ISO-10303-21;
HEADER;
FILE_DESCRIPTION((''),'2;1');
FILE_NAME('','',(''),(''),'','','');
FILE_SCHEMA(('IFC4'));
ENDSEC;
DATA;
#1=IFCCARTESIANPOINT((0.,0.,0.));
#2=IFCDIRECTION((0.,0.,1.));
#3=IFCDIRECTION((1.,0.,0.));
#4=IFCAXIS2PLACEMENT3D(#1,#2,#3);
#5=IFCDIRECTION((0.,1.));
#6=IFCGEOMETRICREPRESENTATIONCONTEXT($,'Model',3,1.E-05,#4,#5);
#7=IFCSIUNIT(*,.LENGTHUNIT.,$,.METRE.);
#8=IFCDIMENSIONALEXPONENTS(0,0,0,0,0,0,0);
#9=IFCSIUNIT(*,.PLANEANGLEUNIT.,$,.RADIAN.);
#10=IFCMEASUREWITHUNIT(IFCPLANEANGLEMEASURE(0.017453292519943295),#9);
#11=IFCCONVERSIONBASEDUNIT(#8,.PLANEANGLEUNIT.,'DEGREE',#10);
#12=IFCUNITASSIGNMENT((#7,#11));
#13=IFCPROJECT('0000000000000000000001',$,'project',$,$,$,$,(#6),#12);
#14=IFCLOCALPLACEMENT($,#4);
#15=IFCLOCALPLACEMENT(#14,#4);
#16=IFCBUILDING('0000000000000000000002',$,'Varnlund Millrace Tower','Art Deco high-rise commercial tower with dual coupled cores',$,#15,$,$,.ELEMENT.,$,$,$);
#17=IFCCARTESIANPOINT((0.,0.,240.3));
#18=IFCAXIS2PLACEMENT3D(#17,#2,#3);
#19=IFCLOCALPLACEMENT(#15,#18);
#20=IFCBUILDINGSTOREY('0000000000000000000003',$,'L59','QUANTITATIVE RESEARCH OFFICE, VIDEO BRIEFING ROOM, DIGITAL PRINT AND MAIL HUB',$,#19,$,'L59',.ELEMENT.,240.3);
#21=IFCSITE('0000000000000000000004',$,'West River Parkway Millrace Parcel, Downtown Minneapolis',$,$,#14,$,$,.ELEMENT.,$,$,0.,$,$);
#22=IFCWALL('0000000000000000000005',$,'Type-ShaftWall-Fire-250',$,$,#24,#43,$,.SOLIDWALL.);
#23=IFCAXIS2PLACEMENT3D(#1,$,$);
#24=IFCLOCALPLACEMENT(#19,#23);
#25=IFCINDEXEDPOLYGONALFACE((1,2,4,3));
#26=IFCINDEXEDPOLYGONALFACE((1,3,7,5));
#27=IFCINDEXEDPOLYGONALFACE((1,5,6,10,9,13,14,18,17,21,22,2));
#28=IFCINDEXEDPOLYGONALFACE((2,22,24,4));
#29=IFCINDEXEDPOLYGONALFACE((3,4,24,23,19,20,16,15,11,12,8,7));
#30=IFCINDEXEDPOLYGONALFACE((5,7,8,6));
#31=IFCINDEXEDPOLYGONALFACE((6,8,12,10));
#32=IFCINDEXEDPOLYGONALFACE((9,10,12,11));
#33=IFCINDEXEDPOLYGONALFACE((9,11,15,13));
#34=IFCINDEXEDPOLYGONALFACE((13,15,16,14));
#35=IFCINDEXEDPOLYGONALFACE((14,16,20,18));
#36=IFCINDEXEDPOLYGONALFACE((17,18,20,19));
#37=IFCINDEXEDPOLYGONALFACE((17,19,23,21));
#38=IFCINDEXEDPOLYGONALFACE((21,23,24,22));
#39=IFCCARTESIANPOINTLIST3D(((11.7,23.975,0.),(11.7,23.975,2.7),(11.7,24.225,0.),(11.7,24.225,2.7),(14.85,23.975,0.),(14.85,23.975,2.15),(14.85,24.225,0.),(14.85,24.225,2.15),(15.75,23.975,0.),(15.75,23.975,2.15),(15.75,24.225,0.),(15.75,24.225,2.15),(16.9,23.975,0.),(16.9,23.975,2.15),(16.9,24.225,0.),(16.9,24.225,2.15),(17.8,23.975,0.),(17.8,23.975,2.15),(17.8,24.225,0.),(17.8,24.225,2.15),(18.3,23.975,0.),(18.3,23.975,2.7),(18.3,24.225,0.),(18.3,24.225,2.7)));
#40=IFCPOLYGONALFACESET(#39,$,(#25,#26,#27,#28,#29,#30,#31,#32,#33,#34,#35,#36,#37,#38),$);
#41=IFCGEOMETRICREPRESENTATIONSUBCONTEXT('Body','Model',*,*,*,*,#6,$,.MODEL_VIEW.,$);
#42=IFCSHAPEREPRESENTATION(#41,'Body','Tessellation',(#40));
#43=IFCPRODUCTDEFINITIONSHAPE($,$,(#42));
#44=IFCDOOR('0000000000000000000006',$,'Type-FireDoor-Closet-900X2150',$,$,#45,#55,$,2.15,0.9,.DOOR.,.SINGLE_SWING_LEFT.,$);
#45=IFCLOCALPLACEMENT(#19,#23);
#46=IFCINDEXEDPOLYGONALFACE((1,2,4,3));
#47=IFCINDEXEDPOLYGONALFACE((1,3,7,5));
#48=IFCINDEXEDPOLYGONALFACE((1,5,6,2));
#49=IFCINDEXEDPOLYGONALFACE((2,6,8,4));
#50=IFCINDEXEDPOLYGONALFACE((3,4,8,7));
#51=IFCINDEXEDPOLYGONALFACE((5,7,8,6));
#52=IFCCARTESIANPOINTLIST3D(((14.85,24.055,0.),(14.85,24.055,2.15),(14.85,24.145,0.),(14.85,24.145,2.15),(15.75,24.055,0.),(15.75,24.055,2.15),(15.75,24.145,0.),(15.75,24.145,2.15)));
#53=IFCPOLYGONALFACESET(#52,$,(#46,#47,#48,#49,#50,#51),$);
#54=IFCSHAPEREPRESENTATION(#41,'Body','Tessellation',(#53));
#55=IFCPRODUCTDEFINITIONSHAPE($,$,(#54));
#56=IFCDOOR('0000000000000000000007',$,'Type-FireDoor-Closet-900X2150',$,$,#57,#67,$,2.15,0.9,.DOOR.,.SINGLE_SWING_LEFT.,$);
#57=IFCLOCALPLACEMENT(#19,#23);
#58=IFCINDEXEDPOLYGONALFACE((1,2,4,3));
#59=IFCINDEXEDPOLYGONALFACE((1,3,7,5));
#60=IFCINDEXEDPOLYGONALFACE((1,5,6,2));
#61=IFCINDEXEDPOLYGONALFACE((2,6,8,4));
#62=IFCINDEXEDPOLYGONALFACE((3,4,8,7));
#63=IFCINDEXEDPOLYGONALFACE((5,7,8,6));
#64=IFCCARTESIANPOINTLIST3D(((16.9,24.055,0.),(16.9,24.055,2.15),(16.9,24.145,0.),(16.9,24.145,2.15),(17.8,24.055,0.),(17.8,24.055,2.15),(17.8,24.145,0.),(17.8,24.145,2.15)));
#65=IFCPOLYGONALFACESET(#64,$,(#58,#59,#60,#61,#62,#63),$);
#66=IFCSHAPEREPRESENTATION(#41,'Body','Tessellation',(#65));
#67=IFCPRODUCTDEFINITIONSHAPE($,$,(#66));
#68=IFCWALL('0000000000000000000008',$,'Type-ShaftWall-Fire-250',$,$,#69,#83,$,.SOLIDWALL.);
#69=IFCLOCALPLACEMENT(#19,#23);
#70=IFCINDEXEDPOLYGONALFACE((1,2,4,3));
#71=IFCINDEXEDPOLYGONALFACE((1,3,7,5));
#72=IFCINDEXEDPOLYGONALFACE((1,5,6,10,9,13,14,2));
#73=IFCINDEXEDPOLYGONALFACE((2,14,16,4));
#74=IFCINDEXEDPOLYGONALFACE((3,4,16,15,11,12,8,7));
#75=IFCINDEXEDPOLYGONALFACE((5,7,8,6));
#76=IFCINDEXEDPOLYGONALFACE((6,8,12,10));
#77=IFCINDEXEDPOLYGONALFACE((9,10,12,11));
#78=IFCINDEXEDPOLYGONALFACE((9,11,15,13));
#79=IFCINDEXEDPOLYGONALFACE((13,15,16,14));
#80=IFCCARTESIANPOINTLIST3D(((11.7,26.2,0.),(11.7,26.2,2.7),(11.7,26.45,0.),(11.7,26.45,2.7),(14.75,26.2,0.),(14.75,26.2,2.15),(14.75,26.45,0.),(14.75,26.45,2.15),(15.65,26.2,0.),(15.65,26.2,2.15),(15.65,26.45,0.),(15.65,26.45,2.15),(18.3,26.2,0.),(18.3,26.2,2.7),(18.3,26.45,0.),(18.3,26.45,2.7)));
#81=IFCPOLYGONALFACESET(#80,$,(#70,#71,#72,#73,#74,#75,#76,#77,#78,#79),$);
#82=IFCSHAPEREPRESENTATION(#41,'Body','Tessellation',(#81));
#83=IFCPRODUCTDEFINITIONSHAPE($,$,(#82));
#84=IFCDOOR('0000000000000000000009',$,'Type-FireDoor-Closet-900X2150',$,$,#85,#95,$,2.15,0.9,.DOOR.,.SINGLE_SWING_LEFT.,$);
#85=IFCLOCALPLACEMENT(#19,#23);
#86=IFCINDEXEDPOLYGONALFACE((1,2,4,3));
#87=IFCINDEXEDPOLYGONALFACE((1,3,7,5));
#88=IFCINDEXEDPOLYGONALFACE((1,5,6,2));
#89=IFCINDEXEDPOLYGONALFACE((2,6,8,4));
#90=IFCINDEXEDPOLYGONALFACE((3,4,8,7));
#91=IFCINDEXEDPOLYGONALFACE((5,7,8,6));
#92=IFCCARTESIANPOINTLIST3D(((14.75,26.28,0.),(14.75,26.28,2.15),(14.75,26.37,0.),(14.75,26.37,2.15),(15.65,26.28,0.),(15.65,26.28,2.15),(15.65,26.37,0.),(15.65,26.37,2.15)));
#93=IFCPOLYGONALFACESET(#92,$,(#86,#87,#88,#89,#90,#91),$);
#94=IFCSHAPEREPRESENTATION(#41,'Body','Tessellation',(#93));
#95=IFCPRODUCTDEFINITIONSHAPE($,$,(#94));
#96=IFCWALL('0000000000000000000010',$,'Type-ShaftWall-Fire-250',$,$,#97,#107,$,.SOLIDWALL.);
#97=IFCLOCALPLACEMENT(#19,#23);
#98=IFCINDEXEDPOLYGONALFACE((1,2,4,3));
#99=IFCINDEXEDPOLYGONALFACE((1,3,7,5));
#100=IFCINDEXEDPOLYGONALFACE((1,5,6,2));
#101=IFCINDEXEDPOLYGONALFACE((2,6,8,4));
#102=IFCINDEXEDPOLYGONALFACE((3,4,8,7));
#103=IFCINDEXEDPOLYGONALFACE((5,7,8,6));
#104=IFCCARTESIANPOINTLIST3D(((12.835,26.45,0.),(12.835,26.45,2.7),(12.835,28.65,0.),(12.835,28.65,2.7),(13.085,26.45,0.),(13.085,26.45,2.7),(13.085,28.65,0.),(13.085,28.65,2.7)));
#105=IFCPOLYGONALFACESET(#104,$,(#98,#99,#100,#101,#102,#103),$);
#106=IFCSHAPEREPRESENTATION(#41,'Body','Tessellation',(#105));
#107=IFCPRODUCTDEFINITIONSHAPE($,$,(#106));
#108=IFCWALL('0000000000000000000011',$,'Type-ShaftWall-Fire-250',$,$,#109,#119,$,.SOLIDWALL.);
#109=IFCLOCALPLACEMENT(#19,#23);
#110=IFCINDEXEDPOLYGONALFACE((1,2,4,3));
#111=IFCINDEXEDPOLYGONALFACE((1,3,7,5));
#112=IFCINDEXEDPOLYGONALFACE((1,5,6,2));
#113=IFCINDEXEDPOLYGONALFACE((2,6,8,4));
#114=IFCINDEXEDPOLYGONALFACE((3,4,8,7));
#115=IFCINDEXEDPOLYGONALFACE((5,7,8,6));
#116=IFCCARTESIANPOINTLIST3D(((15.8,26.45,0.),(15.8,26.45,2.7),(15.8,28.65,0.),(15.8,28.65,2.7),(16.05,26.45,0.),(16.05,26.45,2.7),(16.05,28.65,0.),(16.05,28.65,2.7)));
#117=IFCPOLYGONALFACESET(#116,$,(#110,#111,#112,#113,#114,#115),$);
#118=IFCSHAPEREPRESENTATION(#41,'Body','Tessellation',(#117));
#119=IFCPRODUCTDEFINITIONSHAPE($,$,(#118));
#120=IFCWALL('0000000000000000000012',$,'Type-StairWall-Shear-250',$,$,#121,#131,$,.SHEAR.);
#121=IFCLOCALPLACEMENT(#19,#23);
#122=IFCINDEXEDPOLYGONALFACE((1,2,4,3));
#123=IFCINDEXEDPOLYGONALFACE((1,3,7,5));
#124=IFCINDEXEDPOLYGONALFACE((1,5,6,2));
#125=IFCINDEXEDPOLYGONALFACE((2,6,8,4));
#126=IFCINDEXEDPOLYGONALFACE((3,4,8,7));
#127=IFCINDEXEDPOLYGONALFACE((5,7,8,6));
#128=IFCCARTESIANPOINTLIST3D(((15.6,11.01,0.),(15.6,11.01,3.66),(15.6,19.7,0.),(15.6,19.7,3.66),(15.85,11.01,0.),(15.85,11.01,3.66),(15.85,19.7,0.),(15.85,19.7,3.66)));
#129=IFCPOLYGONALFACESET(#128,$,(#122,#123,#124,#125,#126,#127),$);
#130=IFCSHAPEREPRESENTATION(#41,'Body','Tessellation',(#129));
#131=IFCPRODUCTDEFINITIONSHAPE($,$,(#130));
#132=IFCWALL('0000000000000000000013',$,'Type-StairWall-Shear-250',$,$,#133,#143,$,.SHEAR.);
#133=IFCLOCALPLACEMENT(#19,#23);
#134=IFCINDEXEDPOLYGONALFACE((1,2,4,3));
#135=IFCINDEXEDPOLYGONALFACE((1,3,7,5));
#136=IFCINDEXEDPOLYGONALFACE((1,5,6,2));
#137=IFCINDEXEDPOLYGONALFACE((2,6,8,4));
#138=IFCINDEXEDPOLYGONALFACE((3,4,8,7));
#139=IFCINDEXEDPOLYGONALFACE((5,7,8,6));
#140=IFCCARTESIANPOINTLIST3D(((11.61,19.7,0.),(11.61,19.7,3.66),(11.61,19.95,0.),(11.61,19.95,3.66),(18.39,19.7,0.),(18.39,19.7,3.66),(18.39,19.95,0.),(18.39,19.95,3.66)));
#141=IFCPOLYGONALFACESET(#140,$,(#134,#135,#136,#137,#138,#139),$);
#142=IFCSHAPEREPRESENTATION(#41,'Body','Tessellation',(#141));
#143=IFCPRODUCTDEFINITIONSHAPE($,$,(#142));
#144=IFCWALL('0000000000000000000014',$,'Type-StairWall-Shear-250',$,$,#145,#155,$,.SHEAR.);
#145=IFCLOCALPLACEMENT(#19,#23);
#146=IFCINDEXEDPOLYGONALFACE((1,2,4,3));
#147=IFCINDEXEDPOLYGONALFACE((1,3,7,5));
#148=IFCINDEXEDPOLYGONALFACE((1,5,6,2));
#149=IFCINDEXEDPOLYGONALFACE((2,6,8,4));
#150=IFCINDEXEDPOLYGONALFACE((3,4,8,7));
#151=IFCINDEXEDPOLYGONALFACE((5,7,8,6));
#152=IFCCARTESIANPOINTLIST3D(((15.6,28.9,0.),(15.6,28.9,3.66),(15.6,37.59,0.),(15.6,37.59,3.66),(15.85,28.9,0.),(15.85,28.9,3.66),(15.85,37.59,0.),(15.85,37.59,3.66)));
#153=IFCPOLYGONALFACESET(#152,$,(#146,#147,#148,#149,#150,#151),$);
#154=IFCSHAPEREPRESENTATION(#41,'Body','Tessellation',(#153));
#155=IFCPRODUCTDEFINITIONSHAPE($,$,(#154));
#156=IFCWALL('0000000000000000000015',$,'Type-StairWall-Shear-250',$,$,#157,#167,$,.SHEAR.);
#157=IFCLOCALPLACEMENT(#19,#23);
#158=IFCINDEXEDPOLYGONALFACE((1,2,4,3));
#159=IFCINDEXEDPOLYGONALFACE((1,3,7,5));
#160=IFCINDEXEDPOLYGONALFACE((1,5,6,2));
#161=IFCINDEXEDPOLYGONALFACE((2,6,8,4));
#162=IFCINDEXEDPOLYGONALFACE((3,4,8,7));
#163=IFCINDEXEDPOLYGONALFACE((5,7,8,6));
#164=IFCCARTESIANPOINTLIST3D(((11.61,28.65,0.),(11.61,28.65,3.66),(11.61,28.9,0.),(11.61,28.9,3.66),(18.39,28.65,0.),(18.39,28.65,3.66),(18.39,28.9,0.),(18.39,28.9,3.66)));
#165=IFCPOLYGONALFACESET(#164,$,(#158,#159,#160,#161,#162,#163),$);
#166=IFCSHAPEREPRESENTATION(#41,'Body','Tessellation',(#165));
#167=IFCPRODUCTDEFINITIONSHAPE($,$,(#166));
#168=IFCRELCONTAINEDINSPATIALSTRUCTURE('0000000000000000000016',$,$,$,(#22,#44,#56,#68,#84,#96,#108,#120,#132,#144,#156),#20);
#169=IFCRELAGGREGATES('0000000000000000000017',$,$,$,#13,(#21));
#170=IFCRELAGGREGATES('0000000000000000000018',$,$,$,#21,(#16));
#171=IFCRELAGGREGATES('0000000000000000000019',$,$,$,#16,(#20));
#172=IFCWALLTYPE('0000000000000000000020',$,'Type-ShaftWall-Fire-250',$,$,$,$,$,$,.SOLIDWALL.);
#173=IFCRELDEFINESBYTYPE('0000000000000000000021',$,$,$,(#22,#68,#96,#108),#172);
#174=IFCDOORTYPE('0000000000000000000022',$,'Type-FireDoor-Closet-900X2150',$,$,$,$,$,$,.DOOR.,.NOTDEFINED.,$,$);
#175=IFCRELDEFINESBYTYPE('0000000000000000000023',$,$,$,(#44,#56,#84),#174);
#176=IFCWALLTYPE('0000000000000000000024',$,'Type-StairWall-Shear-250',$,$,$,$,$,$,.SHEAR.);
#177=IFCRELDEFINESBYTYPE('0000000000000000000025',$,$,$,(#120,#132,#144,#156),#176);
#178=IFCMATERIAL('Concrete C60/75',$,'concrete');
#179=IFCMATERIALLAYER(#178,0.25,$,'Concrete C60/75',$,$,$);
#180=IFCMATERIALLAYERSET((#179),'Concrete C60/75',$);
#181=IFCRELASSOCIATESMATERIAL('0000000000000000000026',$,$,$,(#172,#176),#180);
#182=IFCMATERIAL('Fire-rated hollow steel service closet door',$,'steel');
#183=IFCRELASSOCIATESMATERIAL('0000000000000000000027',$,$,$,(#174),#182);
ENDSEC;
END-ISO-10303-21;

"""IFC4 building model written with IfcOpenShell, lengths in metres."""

from ifc_helpers import new_model, entity, si_unit, converted_unit, direction, frame, origin_with_axes, origin_2d_with_axis, place, context, subcontext, project, spatial, polyline, rectangle, outline, extrude, material, layer, layer_set, type_object, element, fill, save


model = new_model("IFC4")

# Units and contexts
model_context = context("Model", 3, precision=1e-05, world=origin_with_axes(), true_north=direction((0.0, 1.0)))
body_context = subcontext(model_context, "Body", "Model", "MODEL_VIEW")
ifc_project = project(units=[si_unit("LENGTHUNIT", "METRE"), converted_unit("PLANEANGLEUNIT", "DEGREE", entity("IfcPlaneAngleMeasure", 0.017453292519943295), si_unit("PLANEANGLEUNIT", "RADIAN"), dimensions=[0, 0, 0, 0, 0, 0, 0])], contexts=[model_context])

# Site, building, storey
site_placement = place(None, origin_with_axes())
site = spatial("IfcSite", under=ifc_project, at=site_placement, Name="West River Parkway Millrace Parcel, Downtown Minneapolis", CompositionType="ELEMENT", RefElevation=0.0)
building_placement = place(site_placement, origin_with_axes())
building = spatial("IfcBuilding", under=site, at=building_placement, Name="Varnlund Millrace Tower", Description="Art Deco high-rise commercial tower with dual coupled cores", CompositionType="ELEMENT")
storey_placement = place(building_placement, frame((0.0, 0.0, 240.3), z_axis=(0.0, 0.0, 1.0), x_axis=(1.0, 0.0, 0.0)))
storey = spatial("IfcBuildingStorey", under=building, at=storey_placement, Name="L59", Description="QUANTITATIVE RESEARCH OFFICE, VIDEO BRIEFING ROOM, DIGITAL PRINT AND MAIL HUB", LongName="L59", CompositionType="ELEMENT", Elevation=240.3)

# Shared definitions
ifc_material_1 = material(Name="Concrete C60/75", Category="concrete")

# Wall, openings, doors
ifc_layer_1 = layer(ifc_material_1, 0.25, Name="Concrete C60/75")
ifc_layer_set_1 = layer_set([ifc_layer_1], Name="Concrete C60/75")
wall_type_1 = type_object("IfcWallType", Name="Type-ShaftWall-Fire-250", PredefinedType="SOLIDWALL", material=ifc_layer_set_1)
wall_1_placement = place(storey_placement, frame((11.7, 24.1, 0.0), z_axis=(0.0, 0.0, 1.0), x_axis=(1.0, 0.0, 0.0)))
wall_1 = element("IfcWall", 1, at=wall_1_placement, inside=storey, type_object=wall_type_1, Name="Type-ShaftWall-Fire-250", PredefinedType="SOLIDWALL", context=body_context, shape_type="SweptSolid", body=[
    extrude(outline(polyline([(0.0, -0.125), (6.6, -0.125), (6.6, 0.125), (0.0, 0.125), (0.0, -0.125)])), origin_with_axes(), (0.0, 0.0, 1.0), 2.7),
])
opening_1_placement = place(wall_1_placement, frame((3.6, 0.0, 0.0), z_axis=(0.0, 0.0, 1.0), x_axis=(1.0, 0.0, 0.0)))
opening_1 = element("IfcOpeningElement", 2, at=opening_1_placement, cuts=wall_1, PredefinedType="OPENING", context=body_context, shape_type="SweptSolid", body=[
    extrude(rectangle(XDim=0.9, YDim=0.27, at=origin_2d_with_axis()), origin_with_axes(), (0.0, 0.0, 1.0), 2.15),
])
opening_2_placement = place(wall_1_placement, frame((5.65, 0.0, 0.0), z_axis=(0.0, 0.0, 1.0), x_axis=(1.0, 0.0, 0.0)))
opening_2 = element("IfcOpeningElement", 3, at=opening_2_placement, cuts=wall_1, PredefinedType="OPENING", context=body_context, shape_type="SweptSolid", body=[
    extrude(rectangle(XDim=0.9, YDim=0.27, at=origin_2d_with_axis()), origin_with_axes(), (0.0, 0.0, 1.0), 2.15),
])
ifc_material_2 = material(Name="Fire-rated hollow steel service closet door", Category="steel")
door_type_1 = type_object("IfcDoorType", Name="Type-FireDoor-Closet-900X2150", OperationType="NOTDEFINED", PredefinedType="DOOR", material=ifc_material_2)
door_1_placement = place(wall_1_placement, frame((3.6, 0.0, 0.0), z_axis=(0.0, 0.0, 1.0), x_axis=(1.0, 0.0, 0.0)))
door_1 = element("IfcDoor", 4, at=door_1_placement, inside=storey, type_object=door_type_1, Name="Type-FireDoor-Closet-900X2150", OperationType="SINGLE_SWING_LEFT", OverallHeight=2.15, OverallWidth=0.9, PredefinedType="DOOR", context=body_context, shape_type="SweptSolid", body=[
    extrude(rectangle(XDim=0.9, YDim=0.09, at=origin_2d_with_axis()), origin_with_axes(), (0.0, 0.0, 1.0), 2.15),
])
fill(opening_1, door_1)
door_2_placement = place(wall_1_placement, frame((5.65, 0.0, 0.0), z_axis=(0.0, 0.0, 1.0), x_axis=(1.0, 0.0, 0.0)))
door_2 = element("IfcDoor", 5, at=door_2_placement, inside=storey, type_object=door_type_1, Name="Type-FireDoor-Closet-900X2150", OperationType="SINGLE_SWING_LEFT", OverallHeight=2.15, OverallWidth=0.9, PredefinedType="DOOR", context=body_context, shape_type="SweptSolid", body=[
    extrude(rectangle(XDim=0.9, YDim=0.09, at=origin_2d_with_axis()), origin_with_axes(), (0.0, 0.0, 1.0), 2.15),
])
fill(opening_2, door_2)

# Wall, opening, door
wall_2_placement = place(storey_placement, frame((11.7, 26.325, 0.0), z_axis=(0.0, 0.0, 1.0), x_axis=(1.0, 0.0, 0.0)))
wall_2 = element("IfcWall", 6, at=wall_2_placement, inside=storey, type_object=wall_type_1, Name="Type-ShaftWall-Fire-250", PredefinedType="SOLIDWALL", context=body_context, shape_type="SweptSolid", body=[
    extrude(outline(polyline([(0.0, -0.125), (6.6, -0.125), (6.6, 0.125), (0.0, 0.125), (0.0, -0.125)])), origin_with_axes(), (0.0, 0.0, 1.0), 2.7),
])
opening_3_placement = place(wall_2_placement, frame((3.5, 0.0, 0.0), z_axis=(0.0, 0.0, 1.0), x_axis=(1.0, 0.0, 0.0)))
opening_3 = element("IfcOpeningElement", 7, at=opening_3_placement, cuts=wall_2, PredefinedType="OPENING", context=body_context, shape_type="SweptSolid", body=[
    extrude(rectangle(XDim=0.9, YDim=0.27, at=origin_2d_with_axis()), origin_with_axes(), (0.0, 0.0, 1.0), 2.15),
])
door_3_placement = place(wall_2_placement, frame((3.5, 0.0, 0.0), z_axis=(0.0, 0.0, 1.0), x_axis=(1.0, 0.0, 0.0)))
door_3 = element("IfcDoor", 8, at=door_3_placement, inside=storey, type_object=door_type_1, Name="Type-FireDoor-Closet-900X2150", OperationType="SINGLE_SWING_LEFT", OverallHeight=2.15, OverallWidth=0.9, PredefinedType="DOOR", context=body_context, shape_type="SweptSolid", body=[
    extrude(rectangle(XDim=0.9, YDim=0.09, at=origin_2d_with_axis()), origin_with_axes(), (0.0, 0.0, 1.0), 2.15),
])
fill(opening_3, door_3)

# Walls
for number, where, z_axis, x_axis, name in (
    (9, (12.96, 26.45, 0.0), (0.0, 0.0, 1.0), (0.0, 1.0, 0.0), "Type-ShaftWall-Fire-250"),
    (10, (15.925, 26.45, 0.0), (0.0, 0.0, 1.0), (0.0, 1.0, 0.0), "Type-ShaftWall-Fire-250"),
):
    element("IfcWall", number, at=place(storey_placement, frame(where, z_axis=z_axis, x_axis=x_axis)), inside=storey, type_object=wall_type_1, Name=name, PredefinedType="SOLIDWALL", context=body_context, shape_type="SweptSolid", body=[
        extrude(outline(polyline([(0.0, -0.125), (2.2, -0.125), (2.2, 0.125), (0.0, 0.125), (0.0, -0.125)])), origin_with_axes(), (0.0, 0.0, 1.0), 2.7),
    ])
wall_type_2 = type_object("IfcWallType", Name="Type-StairWall-Shear-250", PredefinedType="SHEAR", material=ifc_layer_set_1)
wall_3_placement = place(storey_placement, frame((15.725, 11.01, 0.0), z_axis=(0.0, 0.0, 1.0), x_axis=(0.0, 1.0, 0.0)))
element("IfcWall", 11, at=wall_3_placement, inside=storey, type_object=wall_type_2, Name="Type-StairWall-Shear-250", PredefinedType="SHEAR", context=body_context, shape_type="SweptSolid", body=[
    extrude(outline(polyline([(0.0, -0.125), (8.69, -0.125), (8.69, 0.125), (0.0, 0.125), (0.0, -0.125)])), origin_with_axes(), (0.0, 0.0, 1.0), 3.66),
])
wall_4_placement = place(storey_placement, frame((11.61, 19.825, 0.0), z_axis=(0.0, 0.0, 1.0), x_axis=(1.0, 0.0, 0.0)))
element("IfcWall", 12, at=wall_4_placement, inside=storey, type_object=wall_type_2, Name="Type-StairWall-Shear-250", PredefinedType="SHEAR", context=body_context, shape_type="SweptSolid", body=[
    extrude(outline(polyline([(0.0, -0.125), (6.78, -0.125), (6.78, 0.125), (0.0, 0.125), (0.0, -0.125)])), origin_with_axes(), (0.0, 0.0, 1.0), 3.66),
])
wall_5_placement = place(storey_placement, frame((15.725, 28.9, 0.0), z_axis=(0.0, 0.0, 1.0), x_axis=(0.0, 1.0, 0.0)))
element("IfcWall", 13, at=wall_5_placement, inside=storey, type_object=wall_type_2, Name="Type-StairWall-Shear-250", PredefinedType="SHEAR", context=body_context, shape_type="SweptSolid", body=[
    extrude(outline(polyline([(0.0, -0.125), (8.69, -0.125), (8.69, 0.125), (0.0, 0.125), (0.0, -0.125)])), origin_with_axes(), (0.0, 0.0, 1.0), 3.66),
])
wall_6_placement = place(storey_placement, frame((11.61, 28.775, 0.0), z_axis=(0.0, 0.0, 1.0), x_axis=(1.0, 0.0, 0.0)))
element("IfcWall", 14, at=wall_6_placement, inside=storey, type_object=wall_type_2, Name="Type-StairWall-Shear-250", PredefinedType="SHEAR", context=body_context, shape_type="SweptSolid", body=[
    extrude(outline(polyline([(0.0, -0.125), (6.78, -0.125), (6.78, 0.125), (0.0, 0.125), (0.0, -0.125)])), origin_with_axes(), (0.0, 0.0, 1.0), 3.66),
])

save(model, "model.ifc")
